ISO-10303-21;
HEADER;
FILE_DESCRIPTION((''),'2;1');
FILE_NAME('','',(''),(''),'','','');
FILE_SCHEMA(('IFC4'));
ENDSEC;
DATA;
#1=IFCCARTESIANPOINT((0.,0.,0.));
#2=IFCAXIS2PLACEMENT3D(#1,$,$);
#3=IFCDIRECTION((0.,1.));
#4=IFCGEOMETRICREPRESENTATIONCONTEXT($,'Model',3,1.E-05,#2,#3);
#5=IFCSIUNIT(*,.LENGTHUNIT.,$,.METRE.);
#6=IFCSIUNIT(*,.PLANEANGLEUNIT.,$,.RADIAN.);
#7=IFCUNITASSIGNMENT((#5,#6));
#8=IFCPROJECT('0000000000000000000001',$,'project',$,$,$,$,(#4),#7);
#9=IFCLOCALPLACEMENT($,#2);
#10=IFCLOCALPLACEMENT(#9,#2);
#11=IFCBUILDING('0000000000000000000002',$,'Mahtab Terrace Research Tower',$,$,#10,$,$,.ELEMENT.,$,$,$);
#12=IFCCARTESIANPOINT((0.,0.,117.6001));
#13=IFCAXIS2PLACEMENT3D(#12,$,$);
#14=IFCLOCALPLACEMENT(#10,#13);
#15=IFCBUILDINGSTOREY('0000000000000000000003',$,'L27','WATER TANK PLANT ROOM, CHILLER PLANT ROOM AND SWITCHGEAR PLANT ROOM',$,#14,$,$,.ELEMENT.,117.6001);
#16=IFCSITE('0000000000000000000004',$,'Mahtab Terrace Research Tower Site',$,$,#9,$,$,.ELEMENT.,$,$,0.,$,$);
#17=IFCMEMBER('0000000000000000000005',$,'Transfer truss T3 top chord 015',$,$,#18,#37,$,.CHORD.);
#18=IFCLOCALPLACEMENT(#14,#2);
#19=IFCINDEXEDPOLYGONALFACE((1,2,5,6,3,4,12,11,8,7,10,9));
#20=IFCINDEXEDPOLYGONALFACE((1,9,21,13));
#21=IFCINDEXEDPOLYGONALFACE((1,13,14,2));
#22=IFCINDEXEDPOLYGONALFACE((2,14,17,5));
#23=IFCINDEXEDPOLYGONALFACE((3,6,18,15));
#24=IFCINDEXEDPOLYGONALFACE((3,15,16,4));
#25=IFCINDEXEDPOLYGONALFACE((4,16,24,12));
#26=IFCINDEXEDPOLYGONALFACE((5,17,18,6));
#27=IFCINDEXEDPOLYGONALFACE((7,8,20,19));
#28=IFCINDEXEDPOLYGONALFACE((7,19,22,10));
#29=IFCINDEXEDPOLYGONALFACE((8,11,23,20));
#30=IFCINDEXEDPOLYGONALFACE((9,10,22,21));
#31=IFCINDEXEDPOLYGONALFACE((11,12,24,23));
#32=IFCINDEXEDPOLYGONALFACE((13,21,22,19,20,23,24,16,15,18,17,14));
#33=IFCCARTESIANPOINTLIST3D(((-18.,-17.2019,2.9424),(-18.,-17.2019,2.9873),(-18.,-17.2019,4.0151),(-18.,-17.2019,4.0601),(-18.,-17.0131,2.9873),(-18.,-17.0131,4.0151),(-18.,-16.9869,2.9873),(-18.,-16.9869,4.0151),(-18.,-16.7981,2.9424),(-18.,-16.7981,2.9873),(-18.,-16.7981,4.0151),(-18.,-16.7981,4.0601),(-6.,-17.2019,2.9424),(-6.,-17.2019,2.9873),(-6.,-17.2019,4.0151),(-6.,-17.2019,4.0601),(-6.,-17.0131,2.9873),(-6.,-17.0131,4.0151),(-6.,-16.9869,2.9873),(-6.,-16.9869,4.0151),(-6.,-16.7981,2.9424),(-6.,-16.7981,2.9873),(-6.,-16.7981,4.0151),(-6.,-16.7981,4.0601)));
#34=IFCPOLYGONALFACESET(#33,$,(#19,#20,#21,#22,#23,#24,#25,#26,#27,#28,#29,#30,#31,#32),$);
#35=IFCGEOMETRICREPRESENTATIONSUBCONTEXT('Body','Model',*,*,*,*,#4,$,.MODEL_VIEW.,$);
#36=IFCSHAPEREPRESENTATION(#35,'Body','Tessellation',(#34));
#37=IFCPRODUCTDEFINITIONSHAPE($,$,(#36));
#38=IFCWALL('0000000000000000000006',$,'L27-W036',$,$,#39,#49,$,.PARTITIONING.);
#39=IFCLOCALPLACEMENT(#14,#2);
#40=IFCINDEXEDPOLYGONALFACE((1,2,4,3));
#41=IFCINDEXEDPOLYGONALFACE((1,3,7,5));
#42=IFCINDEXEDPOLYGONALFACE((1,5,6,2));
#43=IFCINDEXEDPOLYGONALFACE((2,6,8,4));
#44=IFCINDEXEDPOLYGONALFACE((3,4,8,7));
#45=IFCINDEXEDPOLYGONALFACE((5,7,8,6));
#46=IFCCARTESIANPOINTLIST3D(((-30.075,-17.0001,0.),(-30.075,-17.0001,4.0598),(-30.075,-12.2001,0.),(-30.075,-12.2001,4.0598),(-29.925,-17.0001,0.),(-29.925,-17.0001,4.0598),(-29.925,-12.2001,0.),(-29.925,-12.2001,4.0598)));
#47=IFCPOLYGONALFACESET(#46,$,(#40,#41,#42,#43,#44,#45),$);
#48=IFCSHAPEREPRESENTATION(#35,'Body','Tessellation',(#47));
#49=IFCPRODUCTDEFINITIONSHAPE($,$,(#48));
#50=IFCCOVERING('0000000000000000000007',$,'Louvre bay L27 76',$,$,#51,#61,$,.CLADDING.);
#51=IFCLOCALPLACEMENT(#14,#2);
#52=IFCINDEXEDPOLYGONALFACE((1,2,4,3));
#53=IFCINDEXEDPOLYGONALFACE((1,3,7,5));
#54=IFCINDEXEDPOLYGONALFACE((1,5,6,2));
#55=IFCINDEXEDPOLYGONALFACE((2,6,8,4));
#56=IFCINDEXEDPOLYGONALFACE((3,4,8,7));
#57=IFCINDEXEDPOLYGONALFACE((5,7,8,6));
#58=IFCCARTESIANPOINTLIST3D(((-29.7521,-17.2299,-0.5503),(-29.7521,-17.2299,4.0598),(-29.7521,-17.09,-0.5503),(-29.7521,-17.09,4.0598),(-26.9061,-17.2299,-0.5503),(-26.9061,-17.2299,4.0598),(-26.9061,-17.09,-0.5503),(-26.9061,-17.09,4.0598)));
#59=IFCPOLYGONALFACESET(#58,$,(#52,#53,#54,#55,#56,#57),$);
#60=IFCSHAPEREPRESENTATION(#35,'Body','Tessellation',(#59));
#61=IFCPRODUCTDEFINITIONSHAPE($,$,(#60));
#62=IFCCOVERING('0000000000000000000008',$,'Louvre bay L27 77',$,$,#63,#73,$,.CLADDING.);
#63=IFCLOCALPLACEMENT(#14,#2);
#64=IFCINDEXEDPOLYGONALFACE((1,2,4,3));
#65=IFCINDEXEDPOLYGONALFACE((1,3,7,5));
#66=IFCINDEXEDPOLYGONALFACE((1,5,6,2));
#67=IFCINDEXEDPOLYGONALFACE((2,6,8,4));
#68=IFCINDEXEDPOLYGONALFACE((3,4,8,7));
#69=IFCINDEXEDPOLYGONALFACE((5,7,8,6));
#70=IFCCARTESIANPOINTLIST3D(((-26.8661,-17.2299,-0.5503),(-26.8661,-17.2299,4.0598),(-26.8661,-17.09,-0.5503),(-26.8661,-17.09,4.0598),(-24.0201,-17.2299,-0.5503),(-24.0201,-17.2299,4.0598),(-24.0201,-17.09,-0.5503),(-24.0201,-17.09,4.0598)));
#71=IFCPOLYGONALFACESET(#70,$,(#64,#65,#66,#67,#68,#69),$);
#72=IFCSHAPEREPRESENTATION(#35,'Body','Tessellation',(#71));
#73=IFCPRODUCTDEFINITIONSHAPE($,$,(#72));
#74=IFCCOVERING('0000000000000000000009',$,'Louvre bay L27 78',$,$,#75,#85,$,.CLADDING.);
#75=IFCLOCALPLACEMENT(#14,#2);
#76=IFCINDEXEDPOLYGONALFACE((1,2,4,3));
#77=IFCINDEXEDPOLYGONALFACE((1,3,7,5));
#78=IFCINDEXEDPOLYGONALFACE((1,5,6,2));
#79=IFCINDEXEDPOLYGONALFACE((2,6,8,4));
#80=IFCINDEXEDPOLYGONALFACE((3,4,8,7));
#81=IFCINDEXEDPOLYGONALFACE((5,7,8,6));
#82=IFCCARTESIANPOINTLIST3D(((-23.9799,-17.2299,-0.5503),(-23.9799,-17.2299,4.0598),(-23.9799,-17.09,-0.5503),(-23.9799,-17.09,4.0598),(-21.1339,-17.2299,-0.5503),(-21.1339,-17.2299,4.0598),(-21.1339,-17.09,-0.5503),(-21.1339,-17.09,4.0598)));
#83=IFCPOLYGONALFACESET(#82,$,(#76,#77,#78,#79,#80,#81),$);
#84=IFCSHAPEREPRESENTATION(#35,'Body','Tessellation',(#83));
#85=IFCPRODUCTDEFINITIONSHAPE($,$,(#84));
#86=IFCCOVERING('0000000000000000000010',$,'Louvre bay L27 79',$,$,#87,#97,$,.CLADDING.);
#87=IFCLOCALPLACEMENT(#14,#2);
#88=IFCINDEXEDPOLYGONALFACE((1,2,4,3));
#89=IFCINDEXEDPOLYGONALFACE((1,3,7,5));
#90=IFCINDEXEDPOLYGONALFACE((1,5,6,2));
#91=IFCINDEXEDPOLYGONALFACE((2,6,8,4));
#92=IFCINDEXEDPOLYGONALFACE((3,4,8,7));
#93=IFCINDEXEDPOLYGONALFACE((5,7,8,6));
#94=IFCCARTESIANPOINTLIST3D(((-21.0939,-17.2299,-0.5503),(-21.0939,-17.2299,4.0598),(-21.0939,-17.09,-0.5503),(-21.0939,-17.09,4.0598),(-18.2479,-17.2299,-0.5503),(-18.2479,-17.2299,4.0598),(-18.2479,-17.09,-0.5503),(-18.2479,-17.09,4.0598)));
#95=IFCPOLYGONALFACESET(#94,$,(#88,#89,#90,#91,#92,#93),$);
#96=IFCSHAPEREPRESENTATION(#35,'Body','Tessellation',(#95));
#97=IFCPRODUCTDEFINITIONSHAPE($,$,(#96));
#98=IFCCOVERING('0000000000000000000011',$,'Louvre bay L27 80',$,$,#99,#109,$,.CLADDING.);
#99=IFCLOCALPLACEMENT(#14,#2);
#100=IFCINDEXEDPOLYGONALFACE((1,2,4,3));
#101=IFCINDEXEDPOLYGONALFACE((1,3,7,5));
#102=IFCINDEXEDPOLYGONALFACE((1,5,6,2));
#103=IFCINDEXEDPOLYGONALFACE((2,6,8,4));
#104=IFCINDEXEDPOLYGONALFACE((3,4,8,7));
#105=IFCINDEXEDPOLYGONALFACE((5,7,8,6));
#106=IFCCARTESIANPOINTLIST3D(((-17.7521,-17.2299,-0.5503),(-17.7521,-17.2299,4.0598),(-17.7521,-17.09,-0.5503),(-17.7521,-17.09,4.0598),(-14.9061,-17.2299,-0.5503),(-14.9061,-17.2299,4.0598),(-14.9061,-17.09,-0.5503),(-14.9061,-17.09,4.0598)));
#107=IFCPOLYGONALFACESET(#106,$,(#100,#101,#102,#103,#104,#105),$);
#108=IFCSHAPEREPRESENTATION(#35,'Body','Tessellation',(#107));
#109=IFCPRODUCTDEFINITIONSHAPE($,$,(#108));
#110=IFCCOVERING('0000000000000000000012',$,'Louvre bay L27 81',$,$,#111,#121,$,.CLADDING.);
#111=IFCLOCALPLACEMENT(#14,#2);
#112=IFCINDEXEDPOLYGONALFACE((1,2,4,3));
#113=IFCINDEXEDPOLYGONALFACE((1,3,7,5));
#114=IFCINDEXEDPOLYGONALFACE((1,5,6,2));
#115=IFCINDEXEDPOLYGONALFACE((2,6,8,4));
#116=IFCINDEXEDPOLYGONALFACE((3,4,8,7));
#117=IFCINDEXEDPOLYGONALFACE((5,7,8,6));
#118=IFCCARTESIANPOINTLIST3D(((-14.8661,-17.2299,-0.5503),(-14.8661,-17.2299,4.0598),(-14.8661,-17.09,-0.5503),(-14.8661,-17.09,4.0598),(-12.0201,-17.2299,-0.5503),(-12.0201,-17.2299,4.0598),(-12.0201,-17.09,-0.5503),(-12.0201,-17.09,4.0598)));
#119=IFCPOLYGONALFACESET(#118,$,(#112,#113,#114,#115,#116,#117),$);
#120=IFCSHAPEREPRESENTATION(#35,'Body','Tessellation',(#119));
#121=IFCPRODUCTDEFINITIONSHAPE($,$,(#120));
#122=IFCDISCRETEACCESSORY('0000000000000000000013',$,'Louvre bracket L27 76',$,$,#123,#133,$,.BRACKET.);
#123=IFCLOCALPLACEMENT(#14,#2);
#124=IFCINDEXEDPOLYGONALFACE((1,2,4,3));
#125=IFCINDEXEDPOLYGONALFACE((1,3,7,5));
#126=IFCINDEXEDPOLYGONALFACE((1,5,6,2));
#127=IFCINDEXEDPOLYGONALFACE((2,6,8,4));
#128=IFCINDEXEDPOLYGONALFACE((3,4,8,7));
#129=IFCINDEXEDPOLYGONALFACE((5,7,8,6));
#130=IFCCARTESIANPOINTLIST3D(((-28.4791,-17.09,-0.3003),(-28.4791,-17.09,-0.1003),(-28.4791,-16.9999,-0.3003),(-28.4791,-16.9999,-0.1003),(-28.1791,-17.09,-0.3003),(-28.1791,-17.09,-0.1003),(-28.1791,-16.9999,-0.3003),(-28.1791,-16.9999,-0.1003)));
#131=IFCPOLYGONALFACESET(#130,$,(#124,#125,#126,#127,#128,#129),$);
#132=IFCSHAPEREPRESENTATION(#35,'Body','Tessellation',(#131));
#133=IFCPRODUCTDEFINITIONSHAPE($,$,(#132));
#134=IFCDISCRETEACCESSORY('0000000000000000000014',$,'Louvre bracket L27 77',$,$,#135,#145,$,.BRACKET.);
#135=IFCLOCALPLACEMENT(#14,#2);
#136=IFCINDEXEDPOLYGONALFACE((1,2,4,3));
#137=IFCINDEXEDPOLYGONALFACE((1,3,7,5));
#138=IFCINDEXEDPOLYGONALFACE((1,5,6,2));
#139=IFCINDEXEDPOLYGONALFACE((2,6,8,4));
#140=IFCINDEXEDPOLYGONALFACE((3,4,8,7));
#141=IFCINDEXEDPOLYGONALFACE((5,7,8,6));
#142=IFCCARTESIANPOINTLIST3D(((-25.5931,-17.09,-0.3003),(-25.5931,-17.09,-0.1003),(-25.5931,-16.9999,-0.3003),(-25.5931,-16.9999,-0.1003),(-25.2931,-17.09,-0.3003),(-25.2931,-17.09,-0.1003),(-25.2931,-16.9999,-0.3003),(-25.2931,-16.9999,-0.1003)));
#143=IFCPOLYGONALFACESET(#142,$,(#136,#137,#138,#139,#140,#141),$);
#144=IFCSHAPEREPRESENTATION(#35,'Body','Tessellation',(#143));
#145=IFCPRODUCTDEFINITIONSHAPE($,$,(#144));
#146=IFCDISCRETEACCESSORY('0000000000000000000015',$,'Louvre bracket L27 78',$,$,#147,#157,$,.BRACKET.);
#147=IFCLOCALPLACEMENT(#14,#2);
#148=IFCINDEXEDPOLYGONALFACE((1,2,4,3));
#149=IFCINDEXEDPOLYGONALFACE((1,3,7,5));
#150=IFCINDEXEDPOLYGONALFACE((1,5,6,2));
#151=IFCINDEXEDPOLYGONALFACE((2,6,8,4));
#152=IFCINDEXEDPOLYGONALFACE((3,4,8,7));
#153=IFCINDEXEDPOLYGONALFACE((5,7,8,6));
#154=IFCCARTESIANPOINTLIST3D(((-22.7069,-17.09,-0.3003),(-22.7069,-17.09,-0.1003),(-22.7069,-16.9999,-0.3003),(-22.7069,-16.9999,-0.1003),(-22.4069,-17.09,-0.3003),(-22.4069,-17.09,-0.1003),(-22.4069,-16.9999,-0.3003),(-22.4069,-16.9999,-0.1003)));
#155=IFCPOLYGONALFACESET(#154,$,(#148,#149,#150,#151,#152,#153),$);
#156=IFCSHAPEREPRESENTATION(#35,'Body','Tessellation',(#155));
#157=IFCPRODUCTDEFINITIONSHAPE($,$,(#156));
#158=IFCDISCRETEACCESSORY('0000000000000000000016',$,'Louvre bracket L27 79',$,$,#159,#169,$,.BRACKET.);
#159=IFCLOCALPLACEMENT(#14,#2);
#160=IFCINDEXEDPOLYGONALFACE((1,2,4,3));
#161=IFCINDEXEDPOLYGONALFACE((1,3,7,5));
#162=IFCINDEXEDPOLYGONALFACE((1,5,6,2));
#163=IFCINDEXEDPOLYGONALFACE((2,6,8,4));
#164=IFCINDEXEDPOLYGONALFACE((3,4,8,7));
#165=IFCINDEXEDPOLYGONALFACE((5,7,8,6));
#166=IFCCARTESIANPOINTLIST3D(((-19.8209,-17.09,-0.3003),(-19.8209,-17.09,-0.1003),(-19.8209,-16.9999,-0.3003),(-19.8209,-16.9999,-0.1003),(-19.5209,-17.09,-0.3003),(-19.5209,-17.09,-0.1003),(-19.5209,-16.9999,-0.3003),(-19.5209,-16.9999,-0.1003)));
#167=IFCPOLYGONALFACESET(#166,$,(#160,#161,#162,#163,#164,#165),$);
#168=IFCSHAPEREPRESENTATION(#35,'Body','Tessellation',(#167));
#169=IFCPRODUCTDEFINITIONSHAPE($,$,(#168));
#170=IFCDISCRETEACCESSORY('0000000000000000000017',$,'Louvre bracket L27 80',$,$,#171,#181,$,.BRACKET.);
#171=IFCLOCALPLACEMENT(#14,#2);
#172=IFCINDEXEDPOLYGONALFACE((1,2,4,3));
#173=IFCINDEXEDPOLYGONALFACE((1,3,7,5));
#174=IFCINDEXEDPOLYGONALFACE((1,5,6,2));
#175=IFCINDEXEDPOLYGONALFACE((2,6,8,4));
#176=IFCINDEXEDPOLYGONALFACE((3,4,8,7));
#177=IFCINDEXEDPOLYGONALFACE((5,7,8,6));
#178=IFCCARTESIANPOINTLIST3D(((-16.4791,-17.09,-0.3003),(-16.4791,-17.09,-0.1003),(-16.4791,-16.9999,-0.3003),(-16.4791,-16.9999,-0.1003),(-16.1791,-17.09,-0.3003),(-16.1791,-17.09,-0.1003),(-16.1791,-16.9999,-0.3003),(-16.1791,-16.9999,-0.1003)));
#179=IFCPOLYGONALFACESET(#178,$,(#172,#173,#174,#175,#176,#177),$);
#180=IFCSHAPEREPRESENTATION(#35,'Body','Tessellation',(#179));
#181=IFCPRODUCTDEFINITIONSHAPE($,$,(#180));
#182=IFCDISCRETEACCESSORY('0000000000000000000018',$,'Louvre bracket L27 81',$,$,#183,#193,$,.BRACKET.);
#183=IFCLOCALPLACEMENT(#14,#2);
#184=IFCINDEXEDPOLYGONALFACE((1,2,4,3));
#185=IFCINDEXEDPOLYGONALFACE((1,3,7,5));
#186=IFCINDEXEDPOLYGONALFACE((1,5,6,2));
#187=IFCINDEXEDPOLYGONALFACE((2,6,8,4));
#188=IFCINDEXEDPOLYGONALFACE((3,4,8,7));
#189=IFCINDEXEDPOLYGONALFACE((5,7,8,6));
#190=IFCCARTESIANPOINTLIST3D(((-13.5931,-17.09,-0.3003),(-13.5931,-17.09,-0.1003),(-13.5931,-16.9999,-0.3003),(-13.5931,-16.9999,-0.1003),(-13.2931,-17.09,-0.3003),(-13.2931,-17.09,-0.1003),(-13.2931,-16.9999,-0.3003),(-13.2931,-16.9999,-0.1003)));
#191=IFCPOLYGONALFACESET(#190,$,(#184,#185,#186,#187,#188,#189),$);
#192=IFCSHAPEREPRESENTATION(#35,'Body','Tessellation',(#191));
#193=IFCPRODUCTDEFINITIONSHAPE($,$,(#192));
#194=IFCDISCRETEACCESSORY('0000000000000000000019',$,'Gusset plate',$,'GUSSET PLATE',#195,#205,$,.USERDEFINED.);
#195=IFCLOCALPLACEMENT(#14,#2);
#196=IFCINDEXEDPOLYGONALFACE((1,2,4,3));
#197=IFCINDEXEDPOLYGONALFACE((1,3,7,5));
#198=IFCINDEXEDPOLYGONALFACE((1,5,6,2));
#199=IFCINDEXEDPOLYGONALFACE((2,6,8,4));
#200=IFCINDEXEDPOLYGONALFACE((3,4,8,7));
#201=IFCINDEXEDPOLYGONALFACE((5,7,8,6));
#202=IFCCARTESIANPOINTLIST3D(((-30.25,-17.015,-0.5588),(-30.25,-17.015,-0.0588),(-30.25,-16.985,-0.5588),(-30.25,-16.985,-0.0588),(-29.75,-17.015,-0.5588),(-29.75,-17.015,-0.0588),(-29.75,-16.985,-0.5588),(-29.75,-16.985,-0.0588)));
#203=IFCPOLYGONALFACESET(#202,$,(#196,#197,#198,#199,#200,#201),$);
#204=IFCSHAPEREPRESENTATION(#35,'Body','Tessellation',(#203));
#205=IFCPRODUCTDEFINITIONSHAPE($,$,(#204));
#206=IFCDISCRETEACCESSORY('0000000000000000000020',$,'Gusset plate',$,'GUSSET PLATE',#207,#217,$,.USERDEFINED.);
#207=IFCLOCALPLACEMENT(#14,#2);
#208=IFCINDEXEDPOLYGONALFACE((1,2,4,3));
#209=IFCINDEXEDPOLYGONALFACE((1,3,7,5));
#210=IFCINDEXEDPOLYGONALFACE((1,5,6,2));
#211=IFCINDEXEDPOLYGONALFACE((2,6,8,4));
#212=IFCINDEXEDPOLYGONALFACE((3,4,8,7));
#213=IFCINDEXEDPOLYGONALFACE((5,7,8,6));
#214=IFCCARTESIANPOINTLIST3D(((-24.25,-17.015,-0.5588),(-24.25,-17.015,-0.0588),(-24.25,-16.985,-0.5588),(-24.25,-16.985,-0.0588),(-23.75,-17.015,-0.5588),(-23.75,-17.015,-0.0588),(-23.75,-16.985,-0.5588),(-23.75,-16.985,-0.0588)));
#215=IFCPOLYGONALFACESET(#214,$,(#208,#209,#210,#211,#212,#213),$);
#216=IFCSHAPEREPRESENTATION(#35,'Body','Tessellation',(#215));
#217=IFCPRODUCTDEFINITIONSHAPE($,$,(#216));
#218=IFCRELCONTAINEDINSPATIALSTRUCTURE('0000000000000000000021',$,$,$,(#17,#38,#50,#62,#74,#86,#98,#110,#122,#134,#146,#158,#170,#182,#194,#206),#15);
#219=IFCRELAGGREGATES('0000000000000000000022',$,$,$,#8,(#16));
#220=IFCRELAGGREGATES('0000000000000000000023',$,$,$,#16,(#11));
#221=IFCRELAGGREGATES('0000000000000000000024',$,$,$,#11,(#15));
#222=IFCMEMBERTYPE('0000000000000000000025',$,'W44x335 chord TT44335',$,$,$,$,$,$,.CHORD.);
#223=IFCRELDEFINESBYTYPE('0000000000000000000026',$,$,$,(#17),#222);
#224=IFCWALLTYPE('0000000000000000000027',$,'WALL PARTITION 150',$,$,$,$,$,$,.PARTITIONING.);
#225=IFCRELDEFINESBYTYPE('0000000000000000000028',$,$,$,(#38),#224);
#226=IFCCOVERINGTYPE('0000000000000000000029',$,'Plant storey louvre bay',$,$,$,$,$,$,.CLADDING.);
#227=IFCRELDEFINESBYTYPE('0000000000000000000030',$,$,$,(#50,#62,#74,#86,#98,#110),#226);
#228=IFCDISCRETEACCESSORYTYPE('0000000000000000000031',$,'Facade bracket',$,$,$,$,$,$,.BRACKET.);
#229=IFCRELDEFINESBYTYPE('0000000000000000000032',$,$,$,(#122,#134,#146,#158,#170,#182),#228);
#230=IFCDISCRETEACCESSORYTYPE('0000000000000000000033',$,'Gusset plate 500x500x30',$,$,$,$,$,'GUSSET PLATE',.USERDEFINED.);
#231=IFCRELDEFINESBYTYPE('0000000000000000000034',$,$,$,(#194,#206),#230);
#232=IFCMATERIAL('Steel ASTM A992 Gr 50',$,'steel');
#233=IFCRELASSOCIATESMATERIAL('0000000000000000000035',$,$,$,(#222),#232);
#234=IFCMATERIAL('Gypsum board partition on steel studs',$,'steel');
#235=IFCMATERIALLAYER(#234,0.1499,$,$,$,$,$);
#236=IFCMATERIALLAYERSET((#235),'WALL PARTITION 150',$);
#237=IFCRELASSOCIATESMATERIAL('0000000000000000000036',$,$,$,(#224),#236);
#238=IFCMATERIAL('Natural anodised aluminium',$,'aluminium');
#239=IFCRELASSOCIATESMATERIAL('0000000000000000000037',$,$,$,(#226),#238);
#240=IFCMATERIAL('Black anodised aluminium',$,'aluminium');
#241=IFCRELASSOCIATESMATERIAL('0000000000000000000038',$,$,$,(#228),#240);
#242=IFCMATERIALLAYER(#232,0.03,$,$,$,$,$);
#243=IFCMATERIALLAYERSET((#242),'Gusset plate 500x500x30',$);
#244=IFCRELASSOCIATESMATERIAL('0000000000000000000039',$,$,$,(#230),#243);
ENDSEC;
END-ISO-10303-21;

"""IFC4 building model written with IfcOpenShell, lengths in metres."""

from ifc_helpers import new_model, si_unit, direction, frame, frame_2d, origin, origin_2d, place, context, subcontext, project, spatial, rectangle, i_section, extrude, material, layer, layer_set, material_profile, profile_set, type_object, element, save


model = new_model("IFC4")

# Units and contexts
model_context = context("Model", 3, precision=1e-05, world=origin(), true_north=direction((0.0, 1.0)))
body_context = subcontext(model_context, "Body", "Model", "MODEL_VIEW")
ifc_project = project(units=[si_unit("LENGTHUNIT", "METRE"), si_unit("PLANEANGLEUNIT", "RADIAN")], contexts=[model_context])

# Site, building, storey
site_placement = place(None, origin())
site = spatial("IfcSite", under=ifc_project, at=site_placement, Name="Mahtab Terrace Research Tower Site", CompositionType="ELEMENT", RefElevation=0.0)
building_placement = place(site_placement, origin())
building = spatial("IfcBuilding", under=site, at=building_placement, Name="Mahtab Terrace Research Tower", CompositionType="ELEMENT")
storey_placement = place(building_placement, frame((0.0, 0.0, 117.6001)))
storey = spatial("IfcBuildingStorey", under=building, at=storey_placement, Name="L27", Description="WATER TANK PLANT ROOM, CHILLER PLANT ROOM AND SWITCHGEAR PLANT ROOM", CompositionType="ELEMENT", Elevation=117.6001)

# Shared definitions
ifc_material_1 = material(Name="Steel ASTM A992 Gr 50", Category="steel")

# Member
ifc_material_profile_1 = material_profile(ifc_material_1, i_section(OverallWidth=0.4038, OverallDepth=1.1177, WebThickness=0.0261, FlangeThickness=0.0449, at=origin_2d()), Name="W44X335")
ifc_profile_set_1 = profile_set([ifc_material_profile_1], Name="Steel ASTM A992 Gr 50")
member_type_1 = type_object("IfcMemberType", Name="W44x335 chord TT44335", PredefinedType="CHORD", material=ifc_profile_set_1)
for number, where, z_axis, x_axis, name in (
    (1, (-18.0, -17.0, 3.5012), (1.0, 0.0, 0.0), (0.0, 1.0, 0.0), "Transfer truss T3 top chord 015"),
):
    element("IfcMember", number, at=place(storey_placement, frame(where, z_axis=z_axis, x_axis=x_axis)), inside=storey, type_object=member_type_1, Name=name, PredefinedType="CHORD", context=body_context, shape_type="SweptSolid", body=[
        extrude(i_section(OverallWidth=0.4038, OverallDepth=1.1177, WebThickness=0.0261, FlangeThickness=0.0449, at=origin_2d()), origin(), (0.0, 0.0, 1.0), 12.0),
    ])

# Wall
ifc_material_2 = material(Name="Gypsum board partition on steel studs", Category="steel")
ifc_layer_1 = layer(ifc_material_2, 0.1499)
ifc_layer_set_1 = layer_set([ifc_layer_1], Name="WALL PARTITION 150")
wall_type = type_object("IfcWallType", Name="WALL PARTITION 150", PredefinedType="PARTITIONING", material=ifc_layer_set_1)
wall_placement = place(storey_placement, frame((-30.0, -17.0, 0.0), z_axis=(0.0, 0.0, 1.0), x_axis=(0.0, 1.0, 0.0)))
element("IfcWall", 2, at=wall_placement, inside=storey, type_object=wall_type, Name="L27-W036", PredefinedType="PARTITIONING", context=body_context, shape_type="SweptSolid", body=[
    extrude(rectangle(XDim=4.8, YDim=0.1499, at=frame_2d((2.3999, 0.0))), origin(), (0.0, 0.0, 1.0), 4.0598),
])

# Coverings
ifc_material_3 = material(Name="Natural anodised aluminium", Category="aluminium")
covering_type = type_object("IfcCoveringType", Name="Plant storey louvre bay", PredefinedType="CLADDING", material=ifc_material_3)
for number, where, z_axis, x_axis, name in (
    (3, (-28.3291, -17.1599, -0.5503), (0.0, 0.0, 1.0), (1.0, 0.0, 0.0), "Louvre bay L27 76"),
    (4, (-25.4431, -17.1599, -0.5503), (0.0, 0.0, 1.0), (1.0, 0.0, 0.0), "Louvre bay L27 77"),
    (5, (-22.5569, -17.1599, -0.5503), (0.0, 0.0, 1.0), (1.0, 0.0, 0.0), "Louvre bay L27 78"),
    (6, (-19.6709, -17.1599, -0.5503), (0.0, 0.0, 1.0), (1.0, 0.0, 0.0), "Louvre bay L27 79"),
    (7, (-16.3291, -17.1599, -0.5503), (0.0, 0.0, 1.0), (1.0, 0.0, 0.0), "Louvre bay L27 80"),
    (8, (-13.4431, -17.1599, -0.5503), (0.0, 0.0, 1.0), (1.0, 0.0, 0.0), "Louvre bay L27 81"),
):
    element("IfcCovering", number, at=place(storey_placement, frame(where, z_axis=z_axis, x_axis=x_axis)), inside=storey, type_object=covering_type, Name=name, PredefinedType="CLADDING", context=body_context, shape_type="SweptSolid", body=[
        extrude(rectangle(XDim=2.8459, YDim=0.1399, at=origin_2d()), origin(), (0.0, 0.0, 1.0), 4.6101),
    ])

# Discrete accessories
ifc_material_4 = material(Name="Black anodised aluminium", Category="aluminium")
discrete_accessory_type_1 = type_object("IfcDiscreteAccessoryType", Name="Facade bracket", PredefinedType="BRACKET", material=ifc_material_4)
for number, where, z_axis, x_axis, name in (
    (9, (-28.3291, -17.0449, -0.3003), (0.0, 0.0, 1.0), (1.0, 0.0, 0.0), "Louvre bracket L27 76"),
    (10, (-25.4431, -17.0449, -0.3003), (0.0, 0.0, 1.0), (1.0, 0.0, 0.0), "Louvre bracket L27 77"),
    (11, (-22.5569, -17.0449, -0.3003), (0.0, 0.0, 1.0), (1.0, 0.0, 0.0), "Louvre bracket L27 78"),
    (12, (-19.6709, -17.0449, -0.3003), (0.0, 0.0, 1.0), (1.0, 0.0, 0.0), "Louvre bracket L27 79"),
    (13, (-16.3291, -17.0449, -0.3003), (0.0, 0.0, 1.0), (1.0, 0.0, 0.0), "Louvre bracket L27 80"),
    (14, (-13.4431, -17.0449, -0.3003), (0.0, 0.0, 1.0), (1.0, 0.0, 0.0), "Louvre bracket L27 81"),
):
    element("IfcDiscreteAccessory", number, at=place(storey_placement, frame(where, z_axis=z_axis, x_axis=x_axis)), inside=storey, type_object=discrete_accessory_type_1, Name=name, PredefinedType="BRACKET", context=body_context, shape_type="SweptSolid", body=[
        extrude(rectangle(XDim=0.3, YDim=0.0901, at=origin_2d()), origin(), (0.0, 0.0, 1.0), 0.2),
    ])
ifc_layer_2 = layer(ifc_material_1, 0.03)
ifc_layer_set_2 = layer_set([ifc_layer_2], Name="Gusset plate 500x500x30")
discrete_accessory_type_2 = type_object("IfcDiscreteAccessoryType", Name="Gusset plate 500x500x30", ElementType="GUSSET PLATE", PredefinedType="USERDEFINED", material=ifc_layer_set_2)
for number, where, z_axis, x_axis, name in (
    (15, (-30.0, -17.0, -0.5588), (0.0, 0.0, 1.0), (1.0, 0.0, 0.0), "Gusset plate"),
    (16, (-24.0, -17.0, -0.5588), (0.0, 0.0, 1.0), (1.0, 0.0, 0.0), "Gusset plate"),
):
    element("IfcDiscreteAccessory", number, at=place(storey_placement, frame(where, z_axis=z_axis, x_axis=x_axis)), inside=storey, type_object=discrete_accessory_type_2, Name=name, ObjectType="GUSSET PLATE", PredefinedType="USERDEFINED", context=body_context, shape_type="SweptSolid", body=[
        extrude(rectangle(XDim=0.5, YDim=0.03, at=origin_2d()), origin(), (0.0, 0.0, 1.0), 0.5),
    ])

save(model, "model.ifc")
